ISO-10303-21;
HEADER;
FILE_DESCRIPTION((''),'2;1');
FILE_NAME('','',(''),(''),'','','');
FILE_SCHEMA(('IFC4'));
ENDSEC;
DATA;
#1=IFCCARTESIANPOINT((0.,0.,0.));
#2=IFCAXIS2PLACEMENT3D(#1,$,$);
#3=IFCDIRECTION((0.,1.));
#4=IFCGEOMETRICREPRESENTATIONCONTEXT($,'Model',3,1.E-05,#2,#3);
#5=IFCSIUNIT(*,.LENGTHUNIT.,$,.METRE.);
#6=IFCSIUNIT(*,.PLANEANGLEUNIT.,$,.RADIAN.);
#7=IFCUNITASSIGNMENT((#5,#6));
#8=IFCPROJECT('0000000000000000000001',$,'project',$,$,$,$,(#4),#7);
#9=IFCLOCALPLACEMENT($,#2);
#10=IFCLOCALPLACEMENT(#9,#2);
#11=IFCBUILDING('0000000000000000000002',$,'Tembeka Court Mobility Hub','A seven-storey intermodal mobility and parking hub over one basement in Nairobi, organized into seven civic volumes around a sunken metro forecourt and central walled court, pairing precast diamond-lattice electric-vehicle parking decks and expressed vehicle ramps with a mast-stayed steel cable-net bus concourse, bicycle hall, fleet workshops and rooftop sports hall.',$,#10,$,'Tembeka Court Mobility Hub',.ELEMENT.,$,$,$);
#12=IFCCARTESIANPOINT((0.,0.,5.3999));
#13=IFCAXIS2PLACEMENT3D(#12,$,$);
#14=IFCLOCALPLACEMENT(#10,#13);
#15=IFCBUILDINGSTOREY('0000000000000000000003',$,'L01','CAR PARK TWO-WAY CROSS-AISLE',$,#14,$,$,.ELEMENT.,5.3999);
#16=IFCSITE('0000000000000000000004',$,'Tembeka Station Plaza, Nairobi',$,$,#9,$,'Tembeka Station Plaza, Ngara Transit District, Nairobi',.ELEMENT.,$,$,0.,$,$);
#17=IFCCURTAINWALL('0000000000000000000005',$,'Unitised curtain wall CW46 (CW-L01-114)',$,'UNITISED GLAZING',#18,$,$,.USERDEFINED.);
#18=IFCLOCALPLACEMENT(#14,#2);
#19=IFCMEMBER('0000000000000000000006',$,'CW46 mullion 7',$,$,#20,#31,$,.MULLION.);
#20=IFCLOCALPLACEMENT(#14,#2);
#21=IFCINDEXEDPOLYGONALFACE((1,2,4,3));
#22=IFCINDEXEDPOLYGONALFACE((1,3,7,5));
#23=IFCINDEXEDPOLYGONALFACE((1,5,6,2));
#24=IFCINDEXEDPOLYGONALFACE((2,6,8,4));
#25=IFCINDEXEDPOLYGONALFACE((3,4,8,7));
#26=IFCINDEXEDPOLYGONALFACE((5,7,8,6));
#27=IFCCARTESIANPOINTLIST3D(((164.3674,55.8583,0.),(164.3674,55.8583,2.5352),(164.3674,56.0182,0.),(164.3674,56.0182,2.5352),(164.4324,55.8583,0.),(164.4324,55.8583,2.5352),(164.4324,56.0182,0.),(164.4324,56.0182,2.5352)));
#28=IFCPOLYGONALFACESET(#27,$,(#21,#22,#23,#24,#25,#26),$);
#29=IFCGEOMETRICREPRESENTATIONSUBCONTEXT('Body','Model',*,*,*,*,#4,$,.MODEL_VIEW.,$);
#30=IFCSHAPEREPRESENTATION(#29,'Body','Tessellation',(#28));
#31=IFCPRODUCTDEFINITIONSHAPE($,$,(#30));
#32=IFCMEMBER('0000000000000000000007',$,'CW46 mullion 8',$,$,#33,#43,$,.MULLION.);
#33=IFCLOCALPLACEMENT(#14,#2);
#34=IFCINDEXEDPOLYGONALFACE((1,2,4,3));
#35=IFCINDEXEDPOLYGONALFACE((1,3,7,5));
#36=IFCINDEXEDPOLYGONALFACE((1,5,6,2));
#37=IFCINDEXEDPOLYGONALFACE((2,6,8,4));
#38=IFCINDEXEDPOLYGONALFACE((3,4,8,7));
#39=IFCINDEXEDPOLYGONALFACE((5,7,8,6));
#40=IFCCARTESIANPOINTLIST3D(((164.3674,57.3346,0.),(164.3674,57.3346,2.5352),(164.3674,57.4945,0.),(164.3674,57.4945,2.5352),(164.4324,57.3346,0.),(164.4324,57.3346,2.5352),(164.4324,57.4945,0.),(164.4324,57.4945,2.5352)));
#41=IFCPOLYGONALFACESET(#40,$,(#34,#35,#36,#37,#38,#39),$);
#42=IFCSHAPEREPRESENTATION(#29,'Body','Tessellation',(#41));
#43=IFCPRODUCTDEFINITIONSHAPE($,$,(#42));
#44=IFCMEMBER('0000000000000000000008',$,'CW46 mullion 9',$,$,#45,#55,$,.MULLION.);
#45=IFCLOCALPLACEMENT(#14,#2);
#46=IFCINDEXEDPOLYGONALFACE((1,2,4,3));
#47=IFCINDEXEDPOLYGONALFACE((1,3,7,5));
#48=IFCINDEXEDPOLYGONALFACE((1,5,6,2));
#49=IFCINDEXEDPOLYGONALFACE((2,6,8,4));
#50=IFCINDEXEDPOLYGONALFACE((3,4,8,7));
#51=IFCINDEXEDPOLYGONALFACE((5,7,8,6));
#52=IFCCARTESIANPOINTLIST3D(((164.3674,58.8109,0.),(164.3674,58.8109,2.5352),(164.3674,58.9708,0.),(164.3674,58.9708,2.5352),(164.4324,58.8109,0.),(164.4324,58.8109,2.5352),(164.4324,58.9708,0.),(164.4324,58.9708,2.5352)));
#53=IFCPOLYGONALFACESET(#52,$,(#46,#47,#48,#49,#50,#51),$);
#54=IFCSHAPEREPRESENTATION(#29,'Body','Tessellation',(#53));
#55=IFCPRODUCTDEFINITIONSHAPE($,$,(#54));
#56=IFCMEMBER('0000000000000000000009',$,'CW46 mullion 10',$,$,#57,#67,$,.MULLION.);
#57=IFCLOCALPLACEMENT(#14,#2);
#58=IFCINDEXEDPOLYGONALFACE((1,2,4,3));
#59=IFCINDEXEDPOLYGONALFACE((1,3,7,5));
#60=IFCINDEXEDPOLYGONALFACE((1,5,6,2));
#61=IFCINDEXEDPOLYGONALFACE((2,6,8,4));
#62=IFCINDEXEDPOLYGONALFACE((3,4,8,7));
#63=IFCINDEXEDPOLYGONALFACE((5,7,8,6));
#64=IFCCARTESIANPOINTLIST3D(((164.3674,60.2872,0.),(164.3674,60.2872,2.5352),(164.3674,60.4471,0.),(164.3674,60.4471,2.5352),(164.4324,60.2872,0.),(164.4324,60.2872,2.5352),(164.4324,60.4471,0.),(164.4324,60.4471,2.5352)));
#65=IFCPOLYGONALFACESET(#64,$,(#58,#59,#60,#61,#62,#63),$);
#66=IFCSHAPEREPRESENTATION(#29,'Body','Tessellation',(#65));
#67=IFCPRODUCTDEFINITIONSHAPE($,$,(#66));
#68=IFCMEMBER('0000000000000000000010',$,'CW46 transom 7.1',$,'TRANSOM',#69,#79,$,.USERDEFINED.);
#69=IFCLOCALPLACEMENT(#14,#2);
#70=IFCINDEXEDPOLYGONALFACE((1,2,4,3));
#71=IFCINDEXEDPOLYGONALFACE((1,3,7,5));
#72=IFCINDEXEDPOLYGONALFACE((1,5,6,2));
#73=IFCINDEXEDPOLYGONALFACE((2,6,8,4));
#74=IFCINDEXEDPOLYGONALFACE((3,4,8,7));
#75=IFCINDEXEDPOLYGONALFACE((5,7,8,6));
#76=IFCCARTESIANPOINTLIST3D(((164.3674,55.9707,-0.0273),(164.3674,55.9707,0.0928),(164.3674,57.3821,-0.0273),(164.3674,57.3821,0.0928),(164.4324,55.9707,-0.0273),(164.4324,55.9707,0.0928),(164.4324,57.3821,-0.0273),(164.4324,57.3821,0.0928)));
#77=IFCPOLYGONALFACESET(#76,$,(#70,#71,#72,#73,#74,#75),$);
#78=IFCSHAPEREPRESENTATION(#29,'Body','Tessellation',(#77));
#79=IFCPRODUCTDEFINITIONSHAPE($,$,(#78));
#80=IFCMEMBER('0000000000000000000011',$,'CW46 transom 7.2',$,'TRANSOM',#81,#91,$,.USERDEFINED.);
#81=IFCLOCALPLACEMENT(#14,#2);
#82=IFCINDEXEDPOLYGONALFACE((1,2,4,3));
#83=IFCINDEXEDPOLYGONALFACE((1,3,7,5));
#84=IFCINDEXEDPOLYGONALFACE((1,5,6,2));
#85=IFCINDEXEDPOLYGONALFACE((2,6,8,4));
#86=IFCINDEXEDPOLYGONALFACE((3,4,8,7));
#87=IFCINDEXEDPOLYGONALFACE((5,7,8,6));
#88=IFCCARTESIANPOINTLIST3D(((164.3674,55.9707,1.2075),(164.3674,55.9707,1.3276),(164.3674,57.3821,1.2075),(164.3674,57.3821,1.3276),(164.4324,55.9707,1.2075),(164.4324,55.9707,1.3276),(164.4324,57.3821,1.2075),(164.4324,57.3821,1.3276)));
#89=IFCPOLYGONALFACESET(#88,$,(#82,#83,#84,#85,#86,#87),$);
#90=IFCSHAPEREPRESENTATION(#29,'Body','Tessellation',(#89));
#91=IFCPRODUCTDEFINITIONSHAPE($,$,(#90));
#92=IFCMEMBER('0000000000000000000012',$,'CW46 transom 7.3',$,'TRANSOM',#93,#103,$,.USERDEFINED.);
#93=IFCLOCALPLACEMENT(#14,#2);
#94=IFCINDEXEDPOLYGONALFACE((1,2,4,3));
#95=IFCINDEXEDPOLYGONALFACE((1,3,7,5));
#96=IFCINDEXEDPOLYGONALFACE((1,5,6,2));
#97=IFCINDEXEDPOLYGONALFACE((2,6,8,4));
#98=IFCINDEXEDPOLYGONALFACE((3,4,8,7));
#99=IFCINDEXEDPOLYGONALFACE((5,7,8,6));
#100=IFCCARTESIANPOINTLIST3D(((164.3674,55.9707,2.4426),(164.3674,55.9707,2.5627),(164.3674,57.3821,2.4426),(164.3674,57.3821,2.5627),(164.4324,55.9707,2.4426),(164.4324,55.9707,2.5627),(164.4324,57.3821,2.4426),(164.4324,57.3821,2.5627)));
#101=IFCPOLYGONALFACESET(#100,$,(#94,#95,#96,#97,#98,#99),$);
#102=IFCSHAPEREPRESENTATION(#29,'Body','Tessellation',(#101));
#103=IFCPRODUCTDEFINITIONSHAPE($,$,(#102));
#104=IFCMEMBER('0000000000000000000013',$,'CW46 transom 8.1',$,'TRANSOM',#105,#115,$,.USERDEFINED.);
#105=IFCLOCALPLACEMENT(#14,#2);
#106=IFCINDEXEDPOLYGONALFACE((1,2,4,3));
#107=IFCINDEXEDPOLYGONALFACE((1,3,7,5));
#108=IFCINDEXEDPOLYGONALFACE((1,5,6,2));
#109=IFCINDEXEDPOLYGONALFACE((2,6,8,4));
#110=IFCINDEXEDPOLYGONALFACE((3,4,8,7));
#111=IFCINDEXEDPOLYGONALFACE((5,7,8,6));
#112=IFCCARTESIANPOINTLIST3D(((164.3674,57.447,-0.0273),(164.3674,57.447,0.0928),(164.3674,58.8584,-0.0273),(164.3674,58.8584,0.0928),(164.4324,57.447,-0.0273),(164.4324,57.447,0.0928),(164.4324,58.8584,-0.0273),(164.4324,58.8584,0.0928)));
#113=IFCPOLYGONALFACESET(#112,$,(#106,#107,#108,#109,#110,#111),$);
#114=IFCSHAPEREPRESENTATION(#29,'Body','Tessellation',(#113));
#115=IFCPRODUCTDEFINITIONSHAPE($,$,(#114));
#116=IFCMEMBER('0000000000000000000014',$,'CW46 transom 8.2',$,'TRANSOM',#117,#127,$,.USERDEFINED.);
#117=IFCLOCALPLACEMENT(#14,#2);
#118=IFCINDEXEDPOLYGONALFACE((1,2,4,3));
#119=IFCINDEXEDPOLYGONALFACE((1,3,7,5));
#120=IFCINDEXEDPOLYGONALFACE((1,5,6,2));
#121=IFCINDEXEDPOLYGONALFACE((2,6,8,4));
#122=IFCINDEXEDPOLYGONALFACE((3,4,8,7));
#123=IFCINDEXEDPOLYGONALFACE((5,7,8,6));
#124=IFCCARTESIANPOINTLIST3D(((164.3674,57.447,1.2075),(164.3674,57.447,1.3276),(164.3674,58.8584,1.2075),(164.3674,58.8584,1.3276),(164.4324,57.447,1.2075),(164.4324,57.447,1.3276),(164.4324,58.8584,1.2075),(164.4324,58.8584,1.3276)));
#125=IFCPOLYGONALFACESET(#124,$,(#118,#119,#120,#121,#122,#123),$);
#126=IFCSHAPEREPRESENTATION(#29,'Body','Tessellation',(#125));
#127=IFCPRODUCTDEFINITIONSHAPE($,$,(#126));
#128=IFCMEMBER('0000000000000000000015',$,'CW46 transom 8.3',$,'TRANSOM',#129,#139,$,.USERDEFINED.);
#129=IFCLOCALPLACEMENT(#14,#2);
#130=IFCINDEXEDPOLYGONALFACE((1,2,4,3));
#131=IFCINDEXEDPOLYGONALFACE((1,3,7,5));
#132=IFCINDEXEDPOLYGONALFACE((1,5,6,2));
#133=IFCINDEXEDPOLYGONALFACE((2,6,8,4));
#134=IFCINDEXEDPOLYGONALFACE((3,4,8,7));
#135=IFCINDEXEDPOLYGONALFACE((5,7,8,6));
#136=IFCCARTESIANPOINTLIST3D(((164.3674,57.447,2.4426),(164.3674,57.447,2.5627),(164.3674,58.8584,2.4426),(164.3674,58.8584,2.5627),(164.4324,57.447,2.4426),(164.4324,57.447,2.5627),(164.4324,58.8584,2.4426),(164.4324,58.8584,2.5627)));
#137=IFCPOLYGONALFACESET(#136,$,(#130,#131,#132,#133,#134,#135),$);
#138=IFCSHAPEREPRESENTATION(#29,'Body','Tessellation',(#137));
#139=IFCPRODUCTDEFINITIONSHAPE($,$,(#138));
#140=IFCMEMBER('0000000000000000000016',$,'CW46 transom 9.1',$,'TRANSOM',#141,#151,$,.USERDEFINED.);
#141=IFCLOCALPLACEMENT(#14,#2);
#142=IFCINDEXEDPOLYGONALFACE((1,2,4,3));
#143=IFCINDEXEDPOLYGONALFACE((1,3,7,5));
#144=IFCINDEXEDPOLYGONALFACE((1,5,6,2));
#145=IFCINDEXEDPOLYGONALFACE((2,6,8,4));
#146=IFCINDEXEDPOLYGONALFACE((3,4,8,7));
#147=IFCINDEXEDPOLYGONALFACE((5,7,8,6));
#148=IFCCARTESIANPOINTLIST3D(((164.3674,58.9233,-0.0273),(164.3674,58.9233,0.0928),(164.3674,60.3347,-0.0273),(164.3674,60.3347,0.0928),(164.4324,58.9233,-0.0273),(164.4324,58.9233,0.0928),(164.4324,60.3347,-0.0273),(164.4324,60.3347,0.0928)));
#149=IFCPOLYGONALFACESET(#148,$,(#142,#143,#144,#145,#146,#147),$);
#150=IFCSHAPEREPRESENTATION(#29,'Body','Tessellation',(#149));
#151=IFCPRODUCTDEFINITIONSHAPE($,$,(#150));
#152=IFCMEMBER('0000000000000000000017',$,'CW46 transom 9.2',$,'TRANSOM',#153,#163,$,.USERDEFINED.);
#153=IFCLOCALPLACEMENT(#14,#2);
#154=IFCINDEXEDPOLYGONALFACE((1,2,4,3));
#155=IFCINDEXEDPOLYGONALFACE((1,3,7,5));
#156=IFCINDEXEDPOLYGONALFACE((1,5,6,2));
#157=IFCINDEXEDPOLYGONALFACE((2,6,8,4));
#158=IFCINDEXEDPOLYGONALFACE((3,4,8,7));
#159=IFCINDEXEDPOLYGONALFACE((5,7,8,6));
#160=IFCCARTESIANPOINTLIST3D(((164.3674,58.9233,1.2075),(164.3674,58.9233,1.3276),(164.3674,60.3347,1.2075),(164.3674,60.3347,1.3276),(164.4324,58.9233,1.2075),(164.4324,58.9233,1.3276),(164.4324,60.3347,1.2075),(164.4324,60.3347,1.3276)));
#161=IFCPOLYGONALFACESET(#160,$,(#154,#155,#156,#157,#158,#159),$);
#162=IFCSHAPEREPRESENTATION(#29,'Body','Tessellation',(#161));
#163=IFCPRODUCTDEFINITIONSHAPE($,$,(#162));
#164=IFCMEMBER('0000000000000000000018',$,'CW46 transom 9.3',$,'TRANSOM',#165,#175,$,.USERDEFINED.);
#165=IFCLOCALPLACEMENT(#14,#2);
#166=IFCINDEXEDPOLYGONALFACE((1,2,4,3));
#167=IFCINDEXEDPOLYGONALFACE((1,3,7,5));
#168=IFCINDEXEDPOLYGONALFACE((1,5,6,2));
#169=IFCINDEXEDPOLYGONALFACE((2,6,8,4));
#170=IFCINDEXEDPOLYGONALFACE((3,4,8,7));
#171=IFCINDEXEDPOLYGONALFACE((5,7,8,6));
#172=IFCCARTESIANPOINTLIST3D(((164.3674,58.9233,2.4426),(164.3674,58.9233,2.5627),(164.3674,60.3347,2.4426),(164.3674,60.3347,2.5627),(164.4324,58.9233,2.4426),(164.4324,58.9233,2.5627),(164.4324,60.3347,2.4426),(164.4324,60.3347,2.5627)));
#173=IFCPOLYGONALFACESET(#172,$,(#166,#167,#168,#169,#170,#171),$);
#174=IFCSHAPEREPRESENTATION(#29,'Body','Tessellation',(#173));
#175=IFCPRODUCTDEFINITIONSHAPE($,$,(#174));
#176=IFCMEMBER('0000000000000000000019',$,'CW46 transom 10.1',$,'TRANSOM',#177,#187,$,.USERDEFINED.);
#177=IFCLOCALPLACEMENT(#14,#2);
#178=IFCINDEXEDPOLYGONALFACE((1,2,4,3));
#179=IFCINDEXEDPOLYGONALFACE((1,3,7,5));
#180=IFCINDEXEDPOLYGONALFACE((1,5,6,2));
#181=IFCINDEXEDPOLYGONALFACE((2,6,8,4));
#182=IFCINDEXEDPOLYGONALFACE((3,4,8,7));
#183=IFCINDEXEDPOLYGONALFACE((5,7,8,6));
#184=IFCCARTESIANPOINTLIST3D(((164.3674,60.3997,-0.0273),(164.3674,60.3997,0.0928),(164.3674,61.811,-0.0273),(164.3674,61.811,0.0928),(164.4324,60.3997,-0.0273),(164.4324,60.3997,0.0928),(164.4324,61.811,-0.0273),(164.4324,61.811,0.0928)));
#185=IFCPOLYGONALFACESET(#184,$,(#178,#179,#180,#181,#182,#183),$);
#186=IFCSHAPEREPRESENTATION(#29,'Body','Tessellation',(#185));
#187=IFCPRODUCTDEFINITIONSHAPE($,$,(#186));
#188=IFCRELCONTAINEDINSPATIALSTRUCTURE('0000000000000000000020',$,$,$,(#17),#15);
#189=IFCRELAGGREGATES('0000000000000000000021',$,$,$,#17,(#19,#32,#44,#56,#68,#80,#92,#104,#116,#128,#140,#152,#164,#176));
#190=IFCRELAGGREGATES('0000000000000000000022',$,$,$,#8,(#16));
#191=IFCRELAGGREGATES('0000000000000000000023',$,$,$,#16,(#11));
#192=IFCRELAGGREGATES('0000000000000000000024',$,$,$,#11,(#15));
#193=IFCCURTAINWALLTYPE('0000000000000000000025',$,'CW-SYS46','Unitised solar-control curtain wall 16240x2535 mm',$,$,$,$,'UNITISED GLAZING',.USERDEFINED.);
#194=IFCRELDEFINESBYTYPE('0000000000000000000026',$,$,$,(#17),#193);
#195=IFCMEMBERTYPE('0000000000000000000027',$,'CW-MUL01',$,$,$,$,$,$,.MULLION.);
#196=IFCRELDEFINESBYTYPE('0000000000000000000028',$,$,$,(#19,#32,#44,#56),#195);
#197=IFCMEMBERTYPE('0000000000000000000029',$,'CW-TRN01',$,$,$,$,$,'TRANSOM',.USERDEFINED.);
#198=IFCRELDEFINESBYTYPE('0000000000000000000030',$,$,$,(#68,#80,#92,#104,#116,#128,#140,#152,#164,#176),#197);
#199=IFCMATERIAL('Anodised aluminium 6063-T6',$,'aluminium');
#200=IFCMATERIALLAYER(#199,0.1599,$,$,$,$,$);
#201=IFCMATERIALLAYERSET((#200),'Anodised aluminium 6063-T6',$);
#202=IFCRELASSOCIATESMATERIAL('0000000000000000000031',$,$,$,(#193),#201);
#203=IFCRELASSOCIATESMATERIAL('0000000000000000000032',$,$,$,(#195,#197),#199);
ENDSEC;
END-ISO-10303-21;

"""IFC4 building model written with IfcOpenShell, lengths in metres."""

from ifc_helpers import new_model, si_unit, direction, frame, origin, origin_2d, place, context, subcontext, project, spatial, rectangle, extrude, material, layer, layer_set, material_profile, profile_set, type_object, element, aggregate, save


model = new_model("IFC4")

# Units and contexts
model_context = context("Model", 3, precision=1e-05, world=origin(), true_north=direction((0.0, 1.0)))
body_context = subcontext(model_context, "Body", "Model", "MODEL_VIEW")
ifc_project = project(units=[si_unit("LENGTHUNIT", "METRE"), si_unit("PLANEANGLEUNIT", "RADIAN")], contexts=[model_context])

# Site, building, storey
site_placement = place(None, origin())
site = spatial("IfcSite", under=ifc_project, at=site_placement, Name="Tembeka Station Plaza, Nairobi", LongName="Tembeka Station Plaza, Ngara Transit District, Nairobi", CompositionType="ELEMENT", RefElevation=0.0)
building_placement = place(site_placement, origin())
building = spatial("IfcBuilding", under=site, at=building_placement, Name="Tembeka Court Mobility Hub", Description="A seven-storey intermodal mobility and parking hub over one basement in Nairobi, organized into seven civic volumes around a sunken metro forecourt and central walled court, pairing precast diamond-lattice electric-vehicle parking decks and expressed vehicle ramps with a mast-stayed steel cable-net bus concourse, bicycle hall, fleet workshops and rooftop sports hall.", LongName="Tembeka Court Mobility Hub", CompositionType="ELEMENT")
storey_placement = place(building_placement, frame((0.0, 0.0, 5.3999)))
storey = spatial("IfcBuildingStorey", under=building, at=storey_placement, Name="L01", Description="CAR PARK TWO-WAY CROSS-AISLE", CompositionType="ELEMENT", Elevation=5.3999)

# Curtain wall, members
ifc_material_1 = material(Name="Anodised aluminium 6063-T6", Category="aluminium")
ifc_layer_1 = layer(ifc_material_1, 0.1599)
ifc_layer_set_1 = layer_set([ifc_layer_1], Name="Anodised aluminium 6063-T6")
curtain_wall_type = type_object("IfcCurtainWallType", Name="CW-SYS46", Description="Unitised solar-control curtain wall 16240x2535 mm", ElementType="UNITISED GLAZING", PredefinedType="USERDEFINED", material=ifc_layer_set_1)
curtain_wall_placement = place(storey_placement, origin())
curtain_wall = element("IfcCurtainWall", 1, at=curtain_wall_placement, inside=storey, type_object=curtain_wall_type, Name="Unitised curtain wall CW46 (CW-L01-114)", ObjectType="UNITISED GLAZING", PredefinedType="USERDEFINED")
ifc_material_profile_1 = material_profile(ifc_material_1, rectangle(XDim=0.0649, YDim=0.1599, at=origin_2d()), Name="ALU-MUL 65x160")
ifc_profile_set_1 = profile_set([ifc_material_profile_1], Name="Anodised aluminium 6063-T6")
member_type_1 = type_object("IfcMemberType", Name="CW-MUL01", PredefinedType="MULLION", material=ifc_profile_set_1)
member_1_placement = place(storey_placement, frame((164.3999, 55.9382, 0.0), z_axis=(0.0, 0.0, 1.0), x_axis=(-1.0, 0.0, 0.0)))
member_1 = element("IfcMember", 2, at=member_1_placement, type_object=member_type_1, Name="CW46 mullion 7", PredefinedType="MULLION", context=body_context, shape_type="SweptSolid", body=[
    extrude(rectangle(XDim=0.0649, YDim=0.1599, at=origin_2d()), origin(), (0.0, 0.0, 1.0), 2.5352),
])
member_2_placement = place(storey_placement, frame((164.3999, 57.4146, 0.0), z_axis=(0.0, 0.0, 1.0), x_axis=(-1.0, 0.0, 0.0)))
member_2 = element("IfcMember", 3, at=member_2_placement, type_object=member_type_1, Name="CW46 mullion 8", PredefinedType="MULLION", context=body_context, shape_type="SweptSolid", body=[
    extrude(rectangle(XDim=0.0649, YDim=0.1599, at=origin_2d()), origin(), (0.0, 0.0, 1.0), 2.5352),
])
member_3_placement = place(storey_placement, frame((164.3999, 58.8909, 0.0), z_axis=(0.0, 0.0, 1.0), x_axis=(-1.0, 0.0, 0.0)))
member_3 = element("IfcMember", 4, at=member_3_placement, type_object=member_type_1, Name="CW46 mullion 9", PredefinedType="MULLION", context=body_context, shape_type="SweptSolid", body=[
    extrude(rectangle(XDim=0.0649, YDim=0.1599, at=origin_2d()), origin(), (0.0, 0.0, 1.0), 2.5352),
])
member_4_placement = place(storey_placement, frame((164.3999, 60.3672, 0.0), z_axis=(0.0, 0.0, 1.0), x_axis=(-1.0, 0.0, 0.0)))
member_4 = element("IfcMember", 5, at=member_4_placement, type_object=member_type_1, Name="CW46 mullion 10", PredefinedType="MULLION", context=body_context, shape_type="SweptSolid", body=[
    extrude(rectangle(XDim=0.0649, YDim=0.1599, at=origin_2d()), origin(), (0.0, 0.0, 1.0), 2.5352),
])
ifc_material_profile_2 = material_profile(ifc_material_1, rectangle(XDim=0.0649, YDim=0.1201, at=origin_2d()), Name="ALU-TRN 65x120")
ifc_profile_set_2 = profile_set([ifc_material_profile_2], Name="Anodised aluminium 6063-T6")
member_type_2 = type_object("IfcMemberType", Name="CW-TRN01", ElementType="TRANSOM", PredefinedType="USERDEFINED", material=ifc_profile_set_2)
member_5_placement = place(storey_placement, frame((164.3999, 55.9707, 0.0327), z_axis=(0.0, 1.0, 0.0), x_axis=(-1.0, 0.0, 0.0)))
member_5 = element("IfcMember", 6, at=member_5_placement, type_object=member_type_2, Name="CW46 transom 7.1", ObjectType="TRANSOM", PredefinedType="USERDEFINED", context=body_context, shape_type="SweptSolid", body=[
    extrude(rectangle(XDim=0.0649, YDim=0.1201, at=origin_2d()), origin(), (0.0, 0.0, 1.0), 1.4114),
])
member_6_placement = place(storey_placement, frame((164.3999, 55.9707, 1.2676), z_axis=(0.0, 1.0, 0.0), x_axis=(-1.0, 0.0, 0.0)))
member_6 = element("IfcMember", 7, at=member_6_placement, type_object=member_type_2, Name="CW46 transom 7.2", ObjectType="TRANSOM", PredefinedType="USERDEFINED", context=body_context, shape_type="SweptSolid", body=[
    extrude(rectangle(XDim=0.0649, YDim=0.1201, at=origin_2d()), origin(), (0.0, 0.0, 1.0), 1.4114),
])
member_7_placement = place(storey_placement, frame((164.3999, 55.9707, 2.5027), z_axis=(0.0, 1.0, 0.0), x_axis=(-1.0, 0.0, 0.0)))
member_7 = element("IfcMember", 8, at=member_7_placement, type_object=member_type_2, Name="CW46 transom 7.3", ObjectType="TRANSOM", PredefinedType="USERDEFINED", context=body_context, shape_type="SweptSolid", body=[
    extrude(rectangle(XDim=0.0649, YDim=0.1201, at=origin_2d()), origin(), (0.0, 0.0, 1.0), 1.4114),
])
member_8_placement = place(storey_placement, frame((164.3999, 57.447, 0.0327), z_axis=(0.0, 1.0, 0.0), x_axis=(-1.0, 0.0, 0.0)))
member_8 = element("IfcMember", 9, at=member_8_placement, type_object=member_type_2, Name="CW46 transom 8.1", ObjectType="TRANSOM", PredefinedType="USERDEFINED", context=body_context, shape_type="SweptSolid", body=[
    extrude(rectangle(XDim=0.0649, YDim=0.1201, at=origin_2d()), origin(), (0.0, 0.0, 1.0), 1.4114),
])
member_9_placement = place(storey_placement, frame((164.3999, 57.447, 1.2676), z_axis=(0.0, 1.0, 0.0), x_axis=(-1.0, 0.0, 0.0)))
member_9 = element("IfcMember", 10, at=member_9_placement, type_object=member_type_2, Name="CW46 transom 8.2", ObjectType="TRANSOM", PredefinedType="USERDEFINED", context=body_context, shape_type="SweptSolid", body=[
    extrude(rectangle(XDim=0.0649, YDim=0.1201, at=origin_2d()), origin(), (0.0, 0.0, 1.0), 1.4114),
])
member_10_placement = place(storey_placement, frame((164.3999, 57.447, 2.5027), z_axis=(0.0, 1.0, 0.0), x_axis=(-1.0, 0.0, 0.0)))
member_10 = element("IfcMember", 11, at=member_10_placement, type_object=member_type_2, Name="CW46 transom 8.3", ObjectType="TRANSOM", PredefinedType="USERDEFINED", context=body_context, shape_type="SweptSolid", body=[
    extrude(rectangle(XDim=0.0649, YDim=0.1201, at=origin_2d()), origin(), (0.0, 0.0, 1.0), 1.4114),
])
member_11_placement = place(storey_placement, frame((164.3999, 58.9233, 0.0327), z_axis=(0.0, 1.0, 0.0), x_axis=(-1.0, 0.0, 0.0)))
member_11 = element("IfcMember", 12, at=member_11_placement, type_object=member_type_2, Name="CW46 transom 9.1", ObjectType="TRANSOM", PredefinedType="USERDEFINED", context=body_context, shape_type="SweptSolid", body=[
    extrude(rectangle(XDim=0.0649, YDim=0.1201, at=origin_2d()), origin(), (0.0, 0.0, 1.0), 1.4114),
])
member_12_placement = place(storey_placement, frame((164.3999, 58.9233, 1.2676), z_axis=(0.0, 1.0, 0.0), x_axis=(-1.0, 0.0, 0.0)))
member_12 = element("IfcMember", 13, at=member_12_placement, type_object=member_type_2, Name="CW46 transom 9.2", ObjectType="TRANSOM", PredefinedType="USERDEFINED", context=body_context, shape_type="SweptSolid", body=[
    extrude(rectangle(XDim=0.0649, YDim=0.1201, at=origin_2d()), origin(), (0.0, 0.0, 1.0), 1.4114),
])
member_13_placement = place(storey_placement, frame((164.3999, 58.9233, 2.5027), z_axis=(0.0, 1.0, 0.0), x_axis=(-1.0, 0.0, 0.0)))
member_13 = element("IfcMember", 14, at=member_13_placement, type_object=member_type_2, Name="CW46 transom 9.3", ObjectType="TRANSOM", PredefinedType="USERDEFINED", context=body_context, shape_type="SweptSolid", body=[
    extrude(rectangle(XDim=0.0649, YDim=0.1201, at=origin_2d()), origin(), (0.0, 0.0, 1.0), 1.4114),
])
member_14_placement = place(storey_placement, frame((164.3999, 60.3997, 0.0327), z_axis=(0.0, 1.0, 0.0), x_axis=(-1.0, 0.0, 0.0)))
member_14 = element("IfcMember", 15, at=member_14_placement, type_object=member_type_2, Name="CW46 transom 10.1", ObjectType="TRANSOM", PredefinedType="USERDEFINED", context=body_context, shape_type="SweptSolid", body=[
    extrude(rectangle(XDim=0.0649, YDim=0.1201, at=origin_2d()), origin(), (0.0, 0.0, 1.0), 1.4114),
])

aggregate(curtain_wall, [member_1, member_2, member_3, member_4, member_5, member_6, member_7, member_8, member_9, member_10, member_11, member_12, member_13, member_14])

save(model, "model.ifc")
